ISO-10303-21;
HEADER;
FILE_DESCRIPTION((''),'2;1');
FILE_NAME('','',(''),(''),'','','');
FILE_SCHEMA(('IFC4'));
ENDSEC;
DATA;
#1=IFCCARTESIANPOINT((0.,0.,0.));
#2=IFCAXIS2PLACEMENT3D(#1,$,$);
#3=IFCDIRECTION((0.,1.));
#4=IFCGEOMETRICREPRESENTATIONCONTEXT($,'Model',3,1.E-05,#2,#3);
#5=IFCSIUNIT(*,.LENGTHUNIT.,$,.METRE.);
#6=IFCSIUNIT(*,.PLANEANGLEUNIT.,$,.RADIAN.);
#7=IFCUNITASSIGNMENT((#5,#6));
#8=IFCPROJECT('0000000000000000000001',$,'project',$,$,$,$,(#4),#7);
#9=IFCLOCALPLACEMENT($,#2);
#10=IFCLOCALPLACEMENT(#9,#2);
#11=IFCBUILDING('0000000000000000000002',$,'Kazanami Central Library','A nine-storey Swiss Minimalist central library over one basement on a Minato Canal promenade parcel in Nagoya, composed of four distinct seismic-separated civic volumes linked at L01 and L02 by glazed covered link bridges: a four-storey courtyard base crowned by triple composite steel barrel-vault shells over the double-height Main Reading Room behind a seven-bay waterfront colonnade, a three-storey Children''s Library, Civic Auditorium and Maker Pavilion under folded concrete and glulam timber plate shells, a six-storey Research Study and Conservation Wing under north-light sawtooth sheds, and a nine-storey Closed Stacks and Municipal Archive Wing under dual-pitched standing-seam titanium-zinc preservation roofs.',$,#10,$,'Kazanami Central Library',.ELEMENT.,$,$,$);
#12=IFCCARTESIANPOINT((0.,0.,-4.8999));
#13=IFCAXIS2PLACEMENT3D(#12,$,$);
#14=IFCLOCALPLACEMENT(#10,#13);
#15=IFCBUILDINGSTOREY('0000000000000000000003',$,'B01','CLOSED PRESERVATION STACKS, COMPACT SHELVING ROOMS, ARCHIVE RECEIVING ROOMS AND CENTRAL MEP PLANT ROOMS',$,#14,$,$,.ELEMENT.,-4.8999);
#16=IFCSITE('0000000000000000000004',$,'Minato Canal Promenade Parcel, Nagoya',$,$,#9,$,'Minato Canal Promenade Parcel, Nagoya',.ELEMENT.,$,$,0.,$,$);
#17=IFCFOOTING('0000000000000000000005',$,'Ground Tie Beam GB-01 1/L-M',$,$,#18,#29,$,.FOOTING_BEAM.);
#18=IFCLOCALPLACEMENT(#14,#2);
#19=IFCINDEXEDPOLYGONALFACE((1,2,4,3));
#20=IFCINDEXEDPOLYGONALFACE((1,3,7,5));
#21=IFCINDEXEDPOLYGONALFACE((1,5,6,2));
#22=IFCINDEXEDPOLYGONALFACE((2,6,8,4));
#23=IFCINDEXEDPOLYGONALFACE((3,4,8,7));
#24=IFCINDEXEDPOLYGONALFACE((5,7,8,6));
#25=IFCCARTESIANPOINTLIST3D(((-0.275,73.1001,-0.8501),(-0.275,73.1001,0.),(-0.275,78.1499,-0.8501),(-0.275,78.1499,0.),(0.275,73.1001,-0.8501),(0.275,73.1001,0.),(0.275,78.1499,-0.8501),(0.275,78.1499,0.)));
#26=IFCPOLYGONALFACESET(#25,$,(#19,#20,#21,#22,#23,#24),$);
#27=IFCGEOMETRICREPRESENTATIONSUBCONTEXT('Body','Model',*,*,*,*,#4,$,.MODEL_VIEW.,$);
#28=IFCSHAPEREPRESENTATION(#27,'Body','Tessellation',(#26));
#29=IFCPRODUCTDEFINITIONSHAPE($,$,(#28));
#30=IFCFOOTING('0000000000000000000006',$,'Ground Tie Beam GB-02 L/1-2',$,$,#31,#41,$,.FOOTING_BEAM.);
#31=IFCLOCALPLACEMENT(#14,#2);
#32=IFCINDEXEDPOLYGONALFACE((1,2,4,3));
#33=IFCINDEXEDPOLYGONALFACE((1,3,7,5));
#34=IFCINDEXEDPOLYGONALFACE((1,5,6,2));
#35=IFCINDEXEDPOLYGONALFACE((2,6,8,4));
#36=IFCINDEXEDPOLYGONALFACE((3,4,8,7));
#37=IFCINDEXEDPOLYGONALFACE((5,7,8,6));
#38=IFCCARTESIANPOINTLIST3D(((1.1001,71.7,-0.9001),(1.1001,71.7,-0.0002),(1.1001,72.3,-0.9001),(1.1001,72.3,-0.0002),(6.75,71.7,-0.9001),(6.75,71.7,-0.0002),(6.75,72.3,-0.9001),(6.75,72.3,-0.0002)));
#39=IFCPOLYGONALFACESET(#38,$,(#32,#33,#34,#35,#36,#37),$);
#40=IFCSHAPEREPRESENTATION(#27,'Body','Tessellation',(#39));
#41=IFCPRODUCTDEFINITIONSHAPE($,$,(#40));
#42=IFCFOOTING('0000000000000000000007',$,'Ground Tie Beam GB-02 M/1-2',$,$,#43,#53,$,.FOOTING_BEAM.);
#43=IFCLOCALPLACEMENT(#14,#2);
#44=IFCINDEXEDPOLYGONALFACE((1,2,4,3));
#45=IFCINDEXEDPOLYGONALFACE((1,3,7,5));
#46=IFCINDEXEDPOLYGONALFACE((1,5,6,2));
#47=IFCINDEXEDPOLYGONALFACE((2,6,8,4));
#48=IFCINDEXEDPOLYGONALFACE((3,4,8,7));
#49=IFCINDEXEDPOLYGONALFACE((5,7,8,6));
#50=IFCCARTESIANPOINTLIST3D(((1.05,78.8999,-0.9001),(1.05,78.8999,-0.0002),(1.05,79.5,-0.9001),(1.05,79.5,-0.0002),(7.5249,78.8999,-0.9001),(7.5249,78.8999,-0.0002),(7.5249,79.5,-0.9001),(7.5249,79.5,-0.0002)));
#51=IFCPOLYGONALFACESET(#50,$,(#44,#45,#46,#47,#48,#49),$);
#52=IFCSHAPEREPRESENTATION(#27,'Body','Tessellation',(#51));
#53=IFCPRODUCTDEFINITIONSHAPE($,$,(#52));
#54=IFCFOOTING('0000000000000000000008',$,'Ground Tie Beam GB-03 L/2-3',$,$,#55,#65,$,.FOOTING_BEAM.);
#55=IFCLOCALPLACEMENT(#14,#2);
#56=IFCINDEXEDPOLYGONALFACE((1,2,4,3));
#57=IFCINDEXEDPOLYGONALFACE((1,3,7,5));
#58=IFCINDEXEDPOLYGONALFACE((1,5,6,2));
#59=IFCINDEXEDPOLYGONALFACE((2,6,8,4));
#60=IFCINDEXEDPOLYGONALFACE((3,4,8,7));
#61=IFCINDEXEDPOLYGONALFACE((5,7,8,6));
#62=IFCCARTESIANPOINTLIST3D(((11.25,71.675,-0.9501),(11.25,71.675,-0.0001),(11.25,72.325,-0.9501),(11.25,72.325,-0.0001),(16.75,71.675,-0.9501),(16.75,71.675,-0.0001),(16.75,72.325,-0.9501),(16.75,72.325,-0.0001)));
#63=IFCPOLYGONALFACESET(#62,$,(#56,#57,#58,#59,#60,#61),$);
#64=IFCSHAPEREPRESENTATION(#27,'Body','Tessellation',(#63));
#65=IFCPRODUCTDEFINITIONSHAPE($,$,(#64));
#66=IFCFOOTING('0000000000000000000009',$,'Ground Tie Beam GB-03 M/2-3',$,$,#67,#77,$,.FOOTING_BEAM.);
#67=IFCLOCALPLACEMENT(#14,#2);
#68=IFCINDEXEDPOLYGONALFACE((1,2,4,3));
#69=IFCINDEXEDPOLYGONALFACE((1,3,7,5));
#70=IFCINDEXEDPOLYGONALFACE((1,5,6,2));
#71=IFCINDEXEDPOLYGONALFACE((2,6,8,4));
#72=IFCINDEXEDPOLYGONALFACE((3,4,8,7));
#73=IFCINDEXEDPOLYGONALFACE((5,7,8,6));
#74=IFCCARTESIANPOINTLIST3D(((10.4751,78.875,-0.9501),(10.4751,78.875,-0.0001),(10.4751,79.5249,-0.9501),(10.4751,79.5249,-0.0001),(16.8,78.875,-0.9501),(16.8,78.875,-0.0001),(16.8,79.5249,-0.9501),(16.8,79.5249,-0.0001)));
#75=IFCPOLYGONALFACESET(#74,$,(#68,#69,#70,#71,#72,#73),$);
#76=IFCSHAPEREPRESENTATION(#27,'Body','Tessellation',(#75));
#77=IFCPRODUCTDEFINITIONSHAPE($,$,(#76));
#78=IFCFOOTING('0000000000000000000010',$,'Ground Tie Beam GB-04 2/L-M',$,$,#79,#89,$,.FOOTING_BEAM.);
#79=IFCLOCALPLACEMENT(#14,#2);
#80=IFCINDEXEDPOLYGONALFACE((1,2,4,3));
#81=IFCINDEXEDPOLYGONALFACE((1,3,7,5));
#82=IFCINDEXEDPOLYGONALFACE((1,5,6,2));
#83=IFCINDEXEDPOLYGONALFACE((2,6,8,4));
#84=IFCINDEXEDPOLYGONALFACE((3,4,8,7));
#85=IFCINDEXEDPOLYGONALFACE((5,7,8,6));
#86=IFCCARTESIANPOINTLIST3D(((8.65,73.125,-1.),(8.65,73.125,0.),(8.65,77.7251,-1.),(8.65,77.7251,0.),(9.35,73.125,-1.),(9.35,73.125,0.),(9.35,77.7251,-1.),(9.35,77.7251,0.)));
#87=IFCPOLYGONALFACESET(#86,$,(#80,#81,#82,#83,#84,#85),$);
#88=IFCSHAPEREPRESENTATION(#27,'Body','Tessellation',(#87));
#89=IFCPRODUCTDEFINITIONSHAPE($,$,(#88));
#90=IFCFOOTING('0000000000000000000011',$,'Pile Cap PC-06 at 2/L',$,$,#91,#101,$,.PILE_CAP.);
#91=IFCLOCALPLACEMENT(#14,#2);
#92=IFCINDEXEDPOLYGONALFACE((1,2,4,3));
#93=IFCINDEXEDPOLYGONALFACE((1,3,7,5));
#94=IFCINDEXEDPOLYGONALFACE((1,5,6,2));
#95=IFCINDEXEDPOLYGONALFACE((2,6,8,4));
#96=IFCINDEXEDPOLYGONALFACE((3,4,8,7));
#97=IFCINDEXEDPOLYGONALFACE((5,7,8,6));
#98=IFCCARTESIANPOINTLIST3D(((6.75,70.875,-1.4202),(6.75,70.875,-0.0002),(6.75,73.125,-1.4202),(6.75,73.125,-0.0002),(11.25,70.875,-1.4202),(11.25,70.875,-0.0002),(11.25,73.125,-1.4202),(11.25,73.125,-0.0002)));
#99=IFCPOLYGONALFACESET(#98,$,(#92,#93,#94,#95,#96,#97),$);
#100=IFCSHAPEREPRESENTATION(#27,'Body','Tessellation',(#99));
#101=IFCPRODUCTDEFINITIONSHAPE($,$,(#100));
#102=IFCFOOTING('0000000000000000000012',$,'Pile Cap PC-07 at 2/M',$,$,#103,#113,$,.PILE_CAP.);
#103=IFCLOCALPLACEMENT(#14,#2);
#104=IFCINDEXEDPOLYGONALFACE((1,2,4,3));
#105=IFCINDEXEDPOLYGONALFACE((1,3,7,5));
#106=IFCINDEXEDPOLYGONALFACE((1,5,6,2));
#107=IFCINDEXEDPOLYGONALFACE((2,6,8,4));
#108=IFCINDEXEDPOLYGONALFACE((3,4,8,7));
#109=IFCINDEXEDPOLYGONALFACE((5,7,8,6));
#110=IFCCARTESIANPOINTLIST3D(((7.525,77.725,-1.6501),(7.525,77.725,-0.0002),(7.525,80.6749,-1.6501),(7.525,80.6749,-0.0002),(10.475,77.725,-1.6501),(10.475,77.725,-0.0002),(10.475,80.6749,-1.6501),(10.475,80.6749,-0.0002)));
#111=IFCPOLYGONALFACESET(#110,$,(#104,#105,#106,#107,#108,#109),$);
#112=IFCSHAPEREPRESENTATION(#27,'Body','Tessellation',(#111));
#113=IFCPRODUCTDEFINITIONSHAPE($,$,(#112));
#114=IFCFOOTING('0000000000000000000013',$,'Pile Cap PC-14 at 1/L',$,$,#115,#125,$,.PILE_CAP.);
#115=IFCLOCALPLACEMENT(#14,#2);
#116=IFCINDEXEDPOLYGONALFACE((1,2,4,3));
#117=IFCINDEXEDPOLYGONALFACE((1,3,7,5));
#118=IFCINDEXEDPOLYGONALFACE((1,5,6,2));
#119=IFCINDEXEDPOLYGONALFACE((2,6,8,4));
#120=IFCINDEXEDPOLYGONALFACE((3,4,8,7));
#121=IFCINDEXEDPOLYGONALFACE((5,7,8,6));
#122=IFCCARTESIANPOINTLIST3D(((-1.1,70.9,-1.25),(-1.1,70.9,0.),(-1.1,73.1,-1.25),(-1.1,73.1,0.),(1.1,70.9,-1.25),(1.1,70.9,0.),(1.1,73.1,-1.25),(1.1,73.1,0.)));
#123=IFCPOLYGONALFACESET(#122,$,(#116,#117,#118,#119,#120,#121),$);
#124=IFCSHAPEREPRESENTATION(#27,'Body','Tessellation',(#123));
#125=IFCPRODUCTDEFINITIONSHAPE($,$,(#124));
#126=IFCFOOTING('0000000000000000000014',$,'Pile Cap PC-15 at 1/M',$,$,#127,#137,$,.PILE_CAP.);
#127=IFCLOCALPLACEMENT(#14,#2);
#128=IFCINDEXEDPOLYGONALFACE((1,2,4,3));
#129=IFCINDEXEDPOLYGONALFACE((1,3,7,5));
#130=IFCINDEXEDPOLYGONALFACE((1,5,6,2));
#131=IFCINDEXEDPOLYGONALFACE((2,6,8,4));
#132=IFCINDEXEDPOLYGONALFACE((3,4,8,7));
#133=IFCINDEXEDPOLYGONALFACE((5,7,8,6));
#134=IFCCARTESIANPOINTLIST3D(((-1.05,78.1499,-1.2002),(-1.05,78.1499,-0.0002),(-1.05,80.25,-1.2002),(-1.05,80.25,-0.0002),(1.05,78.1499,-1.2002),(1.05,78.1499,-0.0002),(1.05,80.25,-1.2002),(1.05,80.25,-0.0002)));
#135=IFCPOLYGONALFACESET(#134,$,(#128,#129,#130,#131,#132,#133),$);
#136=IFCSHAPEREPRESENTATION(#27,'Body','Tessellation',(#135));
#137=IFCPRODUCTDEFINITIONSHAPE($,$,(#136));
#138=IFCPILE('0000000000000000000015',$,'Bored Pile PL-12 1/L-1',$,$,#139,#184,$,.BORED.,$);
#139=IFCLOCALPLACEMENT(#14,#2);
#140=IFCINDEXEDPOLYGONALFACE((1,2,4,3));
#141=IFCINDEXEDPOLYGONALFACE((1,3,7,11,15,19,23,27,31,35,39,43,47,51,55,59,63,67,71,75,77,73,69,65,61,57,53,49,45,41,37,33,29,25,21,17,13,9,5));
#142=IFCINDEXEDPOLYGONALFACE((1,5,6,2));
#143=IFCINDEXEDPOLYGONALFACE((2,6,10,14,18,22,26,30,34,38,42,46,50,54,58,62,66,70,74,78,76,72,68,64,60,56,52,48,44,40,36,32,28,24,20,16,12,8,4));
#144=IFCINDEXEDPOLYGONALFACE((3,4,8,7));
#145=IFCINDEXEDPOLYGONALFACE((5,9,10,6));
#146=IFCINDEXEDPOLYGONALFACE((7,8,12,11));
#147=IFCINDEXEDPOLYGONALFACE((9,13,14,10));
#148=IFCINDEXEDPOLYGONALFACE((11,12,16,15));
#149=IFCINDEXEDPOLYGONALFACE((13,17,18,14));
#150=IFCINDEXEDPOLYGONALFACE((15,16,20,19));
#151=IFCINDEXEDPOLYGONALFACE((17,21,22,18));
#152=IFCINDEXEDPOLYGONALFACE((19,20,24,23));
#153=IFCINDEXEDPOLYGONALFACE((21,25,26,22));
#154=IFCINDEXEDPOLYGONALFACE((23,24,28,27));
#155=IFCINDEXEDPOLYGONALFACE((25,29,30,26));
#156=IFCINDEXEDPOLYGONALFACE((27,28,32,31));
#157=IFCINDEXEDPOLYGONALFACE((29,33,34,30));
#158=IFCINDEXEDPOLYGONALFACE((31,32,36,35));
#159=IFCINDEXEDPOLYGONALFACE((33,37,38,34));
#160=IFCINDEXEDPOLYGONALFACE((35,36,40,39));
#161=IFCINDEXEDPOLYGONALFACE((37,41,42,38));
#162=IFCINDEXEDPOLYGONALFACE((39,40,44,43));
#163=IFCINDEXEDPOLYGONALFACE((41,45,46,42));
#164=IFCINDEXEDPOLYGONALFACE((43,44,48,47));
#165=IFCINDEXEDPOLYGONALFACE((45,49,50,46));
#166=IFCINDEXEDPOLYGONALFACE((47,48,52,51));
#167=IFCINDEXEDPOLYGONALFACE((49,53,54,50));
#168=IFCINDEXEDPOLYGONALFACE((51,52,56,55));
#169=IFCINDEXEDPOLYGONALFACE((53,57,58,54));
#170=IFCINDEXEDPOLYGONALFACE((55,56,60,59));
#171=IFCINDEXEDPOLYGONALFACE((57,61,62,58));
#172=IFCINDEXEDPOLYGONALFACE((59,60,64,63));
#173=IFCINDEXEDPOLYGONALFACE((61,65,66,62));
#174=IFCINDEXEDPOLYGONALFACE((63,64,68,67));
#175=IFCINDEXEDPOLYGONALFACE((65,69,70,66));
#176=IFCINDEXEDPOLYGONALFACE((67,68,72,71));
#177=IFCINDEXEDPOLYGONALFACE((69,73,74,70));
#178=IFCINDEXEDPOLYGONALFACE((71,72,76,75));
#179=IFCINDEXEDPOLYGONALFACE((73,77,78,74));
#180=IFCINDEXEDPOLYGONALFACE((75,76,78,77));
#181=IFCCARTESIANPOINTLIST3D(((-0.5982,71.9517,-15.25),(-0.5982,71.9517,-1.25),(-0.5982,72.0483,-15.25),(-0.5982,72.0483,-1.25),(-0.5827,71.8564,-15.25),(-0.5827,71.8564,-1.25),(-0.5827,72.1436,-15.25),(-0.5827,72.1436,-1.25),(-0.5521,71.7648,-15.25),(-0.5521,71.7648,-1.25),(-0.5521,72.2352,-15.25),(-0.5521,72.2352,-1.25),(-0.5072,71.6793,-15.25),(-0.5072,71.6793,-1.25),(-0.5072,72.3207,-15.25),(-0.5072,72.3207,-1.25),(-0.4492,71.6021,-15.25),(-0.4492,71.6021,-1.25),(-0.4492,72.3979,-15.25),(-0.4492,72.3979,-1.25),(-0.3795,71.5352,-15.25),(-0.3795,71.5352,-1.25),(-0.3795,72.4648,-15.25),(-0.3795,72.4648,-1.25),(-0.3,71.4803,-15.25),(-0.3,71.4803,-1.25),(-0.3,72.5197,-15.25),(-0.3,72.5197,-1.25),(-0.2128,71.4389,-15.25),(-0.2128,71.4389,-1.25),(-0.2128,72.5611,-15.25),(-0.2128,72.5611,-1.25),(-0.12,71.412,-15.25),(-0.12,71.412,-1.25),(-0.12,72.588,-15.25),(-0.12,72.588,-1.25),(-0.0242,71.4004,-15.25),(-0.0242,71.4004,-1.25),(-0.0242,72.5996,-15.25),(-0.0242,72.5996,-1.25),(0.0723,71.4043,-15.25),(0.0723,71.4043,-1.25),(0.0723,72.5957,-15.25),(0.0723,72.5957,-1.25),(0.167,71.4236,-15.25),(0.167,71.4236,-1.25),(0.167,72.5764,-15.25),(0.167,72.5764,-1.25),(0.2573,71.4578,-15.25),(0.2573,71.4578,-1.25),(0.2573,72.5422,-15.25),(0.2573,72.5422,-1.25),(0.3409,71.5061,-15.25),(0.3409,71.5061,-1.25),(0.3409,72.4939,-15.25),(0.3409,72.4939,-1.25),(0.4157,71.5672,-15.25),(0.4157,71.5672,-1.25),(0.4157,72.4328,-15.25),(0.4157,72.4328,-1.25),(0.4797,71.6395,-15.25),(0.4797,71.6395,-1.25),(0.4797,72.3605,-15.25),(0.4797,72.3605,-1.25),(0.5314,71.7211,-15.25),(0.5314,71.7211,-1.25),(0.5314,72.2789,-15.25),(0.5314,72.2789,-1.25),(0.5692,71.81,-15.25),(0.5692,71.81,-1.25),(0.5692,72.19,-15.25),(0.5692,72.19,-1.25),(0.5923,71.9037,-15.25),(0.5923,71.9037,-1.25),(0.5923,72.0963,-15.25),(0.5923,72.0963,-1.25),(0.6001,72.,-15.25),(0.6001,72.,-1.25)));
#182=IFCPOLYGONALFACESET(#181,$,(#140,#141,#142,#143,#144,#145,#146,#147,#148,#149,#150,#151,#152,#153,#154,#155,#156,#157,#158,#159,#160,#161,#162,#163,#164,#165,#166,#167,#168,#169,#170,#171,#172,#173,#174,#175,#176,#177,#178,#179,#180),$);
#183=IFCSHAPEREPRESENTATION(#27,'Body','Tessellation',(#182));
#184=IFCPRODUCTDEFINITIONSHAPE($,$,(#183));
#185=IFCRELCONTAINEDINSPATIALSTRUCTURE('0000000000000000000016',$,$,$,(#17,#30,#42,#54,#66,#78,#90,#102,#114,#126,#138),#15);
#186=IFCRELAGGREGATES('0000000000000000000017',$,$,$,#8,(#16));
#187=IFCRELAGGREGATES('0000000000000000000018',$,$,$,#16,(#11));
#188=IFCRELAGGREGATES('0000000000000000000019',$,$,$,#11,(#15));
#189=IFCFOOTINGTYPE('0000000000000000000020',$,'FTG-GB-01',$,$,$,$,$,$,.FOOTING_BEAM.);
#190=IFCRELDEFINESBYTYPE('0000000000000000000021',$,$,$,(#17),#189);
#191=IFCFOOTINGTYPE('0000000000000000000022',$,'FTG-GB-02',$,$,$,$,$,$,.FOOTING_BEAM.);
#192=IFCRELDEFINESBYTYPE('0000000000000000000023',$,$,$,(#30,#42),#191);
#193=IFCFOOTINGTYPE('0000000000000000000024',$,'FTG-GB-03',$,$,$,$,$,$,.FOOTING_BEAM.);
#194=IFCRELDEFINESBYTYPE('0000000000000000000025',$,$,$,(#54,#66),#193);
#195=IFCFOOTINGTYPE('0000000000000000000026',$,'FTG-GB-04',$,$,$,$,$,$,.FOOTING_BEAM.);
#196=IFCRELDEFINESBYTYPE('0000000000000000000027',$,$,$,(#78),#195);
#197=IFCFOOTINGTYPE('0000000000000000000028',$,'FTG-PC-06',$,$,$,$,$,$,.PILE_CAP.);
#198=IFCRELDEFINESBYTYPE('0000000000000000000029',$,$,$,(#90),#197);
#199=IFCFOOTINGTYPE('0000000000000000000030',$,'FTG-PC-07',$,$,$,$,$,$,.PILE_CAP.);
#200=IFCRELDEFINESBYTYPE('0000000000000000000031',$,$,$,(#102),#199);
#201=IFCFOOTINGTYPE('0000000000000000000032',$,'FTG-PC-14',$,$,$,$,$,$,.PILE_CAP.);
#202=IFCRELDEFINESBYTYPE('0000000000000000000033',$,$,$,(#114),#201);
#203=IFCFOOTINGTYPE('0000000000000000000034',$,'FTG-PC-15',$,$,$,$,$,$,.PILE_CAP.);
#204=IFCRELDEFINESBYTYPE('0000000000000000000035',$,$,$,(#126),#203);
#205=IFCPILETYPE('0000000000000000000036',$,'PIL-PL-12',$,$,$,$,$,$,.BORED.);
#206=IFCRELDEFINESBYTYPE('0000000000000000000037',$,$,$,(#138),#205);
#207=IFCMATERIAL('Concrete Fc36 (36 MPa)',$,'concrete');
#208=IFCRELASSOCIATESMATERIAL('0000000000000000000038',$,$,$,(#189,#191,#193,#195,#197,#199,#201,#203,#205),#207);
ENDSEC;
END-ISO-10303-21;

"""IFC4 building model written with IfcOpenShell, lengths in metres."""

from ifc_helpers import new_model, si_unit, direction, frame, origin, origin_2d, place, context, subcontext, project, spatial, rectangle, circle, extrude, material, material_profile, profile_set, type_object, element, save


model = new_model("IFC4")

# Units and contexts
model_context = context("Model", 3, precision=1e-05, world=origin(), true_north=direction((0.0, 1.0)))
body_context = subcontext(model_context, "Body", "Model", "MODEL_VIEW")
ifc_project = project(units=[si_unit("LENGTHUNIT", "METRE"), si_unit("PLANEANGLEUNIT", "RADIAN")], contexts=[model_context])

# Site, building, storey
site_placement = place(None, origin())
site = spatial("IfcSite", under=ifc_project, at=site_placement, Name="Minato Canal Promenade Parcel, Nagoya", LongName="Minato Canal Promenade Parcel, Nagoya", CompositionType="ELEMENT", RefElevation=0.0)
building_placement = place(site_placement, origin())
building = spatial("IfcBuilding", under=site, at=building_placement, Name="Kazanami Central Library", Description="A nine-storey Swiss Minimalist central library over one basement on a Minato Canal promenade parcel in Nagoya, composed of four distinct seismic-separated civic volumes linked at L01 and L02 by glazed covered link bridges: a four-storey courtyard base crowned by triple composite steel barrel-vault shells over the double-height Main Reading Room behind a seven-bay waterfront colonnade, a three-storey Children's Library, Civic Auditorium and Maker Pavilion under folded concrete and glulam timber plate shells, a six-storey Research Study and Conservation Wing under north-light sawtooth sheds, and a nine-storey Closed Stacks and Municipal Archive Wing under dual-pitched standing-seam titanium-zinc preservation roofs.", LongName="Kazanami Central Library", CompositionType="ELEMENT")
storey_placement = place(building_placement, frame((0.0, 0.0, -4.8999)))
storey = spatial("IfcBuildingStorey", under=building, at=storey_placement, Name="B01", Description="CLOSED PRESERVATION STACKS, COMPACT SHELVING ROOMS, ARCHIVE RECEIVING ROOMS AND CENTRAL MEP PLANT ROOMS", CompositionType="ELEMENT", Elevation=-4.8999)

# Footings
ifc_material_1 = material(Name="Concrete Fc36 (36 MPa)", Category="concrete")
ifc_material_profile_1 = material_profile(ifc_material_1, rectangle(XDim=0.55, YDim=0.8501, at=origin_2d()), Name="RC-550x850")
ifc_profile_set_1 = profile_set([ifc_material_profile_1], Name="Concrete Fc36 (36 MPa)")
footing_type_1 = type_object("IfcFootingType", Name="FTG-GB-01", PredefinedType="FOOTING_BEAM", material=ifc_profile_set_1)
footing_1_placement = place(storey_placement, frame((0.0, 73.1001, -0.425), z_axis=(0.0, 1.0, 0.0), x_axis=(-1.0, 0.0, 0.0)))
element("IfcFooting", 1, at=footing_1_placement, inside=storey, type_object=footing_type_1, Name="Ground Tie Beam GB-01 1/L-M", PredefinedType="FOOTING_BEAM", context=body_context, shape_type="SweptSolid", body=[
    extrude(rectangle(XDim=0.55, YDim=0.8501, at=origin_2d()), origin(), (0.0, 0.0, 1.0), 5.0498),
])
ifc_material_profile_2 = material_profile(ifc_material_1, rectangle(XDim=0.6001, YDim=0.8999, at=origin_2d()), Name="RC-600x900")
ifc_profile_set_2 = profile_set([ifc_material_profile_2], Name="Concrete Fc36 (36 MPa)")
footing_type_2 = type_object("IfcFootingType", Name="FTG-GB-02", PredefinedType="FOOTING_BEAM", material=ifc_profile_set_2)
footing_2_placement = place(storey_placement, frame((1.1001, 72.0, -0.4502), z_axis=(1.0, 0.0, 0.0), x_axis=(0.0, 1.0, 0.0)))
element("IfcFooting", 2, at=footing_2_placement, inside=storey, type_object=footing_type_2, Name="Ground Tie Beam GB-02 L/1-2", PredefinedType="FOOTING_BEAM", context=body_context, shape_type="SweptSolid", body=[
    extrude(rectangle(XDim=0.6001, YDim=0.8999, at=origin_2d()), origin(), (0.0, 0.0, 1.0), 5.6499),
])
footing_3_placement = place(storey_placement, frame((1.05, 79.2, -0.4502), z_axis=(1.0, 0.0, 0.0), x_axis=(0.0, 1.0, 0.0)))
element("IfcFooting", 3, at=footing_3_placement, inside=storey, type_object=footing_type_2, Name="Ground Tie Beam GB-02 M/1-2", PredefinedType="FOOTING_BEAM", context=body_context, shape_type="SweptSolid", body=[
    extrude(rectangle(XDim=0.6001, YDim=0.8999, at=origin_2d()), origin(), (0.0, 0.0, 1.0), 6.4749),
])
ifc_material_profile_3 = material_profile(ifc_material_1, rectangle(XDim=0.6499, YDim=0.95, at=origin_2d()), Name="RC-650x950")
ifc_profile_set_3 = profile_set([ifc_material_profile_3], Name="Concrete Fc36 (36 MPa)")
footing_type_3 = type_object("IfcFootingType", Name="FTG-GB-03", PredefinedType="FOOTING_BEAM", material=ifc_profile_set_3)
footing_4_placement = place(storey_placement, frame((11.25, 72.0, -0.4751), z_axis=(1.0, 0.0, 0.0), x_axis=(0.0, 1.0, 0.0)))
element("IfcFooting", 4, at=footing_4_placement, inside=storey, type_object=footing_type_3, Name="Ground Tie Beam GB-03 L/2-3", PredefinedType="FOOTING_BEAM", context=body_context, shape_type="SweptSolid", body=[
    extrude(rectangle(XDim=0.6499, YDim=0.95, at=origin_2d()), origin(), (0.0, 0.0, 1.0), 5.5),
])
footing_5_placement = place(storey_placement, frame((10.4751, 79.2, -0.4751), z_axis=(1.0, 0.0, 0.0), x_axis=(0.0, 1.0, 0.0)))
element("IfcFooting", 5, at=footing_5_placement, inside=storey, type_object=footing_type_3, Name="Ground Tie Beam GB-03 M/2-3", PredefinedType="FOOTING_BEAM", context=body_context, shape_type="SweptSolid", body=[
    extrude(rectangle(XDim=0.6499, YDim=0.95, at=origin_2d()), origin(), (0.0, 0.0, 1.0), 6.325),
])
ifc_material_profile_4 = material_profile(ifc_material_1, rectangle(XDim=0.7, YDim=1.0, at=origin_2d()), Name="RC-700x1000")
ifc_profile_set_4 = profile_set([ifc_material_profile_4], Name="Concrete Fc36 (36 MPa)")
footing_type_4 = type_object("IfcFootingType", Name="FTG-GB-04", PredefinedType="FOOTING_BEAM", material=ifc_profile_set_4)
footing_6_placement = place(storey_placement, frame((9.0, 73.125, -0.5), z_axis=(0.0, 1.0, 0.0), x_axis=(-1.0, 0.0, 0.0)))
element("IfcFooting", 6, at=footing_6_placement, inside=storey, type_object=footing_type_4, Name="Ground Tie Beam GB-04 2/L-M", PredefinedType="FOOTING_BEAM", context=body_context, shape_type="SweptSolid", body=[
    extrude(rectangle(XDim=0.7, YDim=1.0, at=origin_2d()), origin(), (0.0, 0.0, 1.0), 4.6001),
])
footing_type_5 = type_object("IfcFootingType", Name="FTG-PC-06", PredefinedType="PILE_CAP", material=ifc_material_1)
footing_7_placement = place(storey_placement, frame((9.0, 72.0, -1.4202), z_axis=(0.0, 0.0, 1.0), x_axis=(1.0, 0.0, 0.0)))
element("IfcFooting", 7, at=footing_7_placement, inside=storey, type_object=footing_type_5, Name="Pile Cap PC-06 at 2/L", PredefinedType="PILE_CAP", context=body_context, shape_type="SweptSolid", body=[
    extrude(rectangle(XDim=4.5, YDim=2.25, at=origin_2d()), origin(), (0.0, 0.0, 1.0), 1.4199),
])
footing_type_6 = type_object("IfcFootingType", Name="FTG-PC-07", PredefinedType="PILE_CAP", material=ifc_material_1)
footing_8_placement = place(storey_placement, frame((9.0, 79.2, -1.6501), z_axis=(0.0, 0.0, 1.0), x_axis=(1.0, 0.0, 0.0)))
element("IfcFooting", 8, at=footing_8_placement, inside=storey, type_object=footing_type_6, Name="Pile Cap PC-07 at 2/M", PredefinedType="PILE_CAP", context=body_context, shape_type="SweptSolid", body=[
    extrude(rectangle(XDim=2.95, YDim=2.95, at=origin_2d()), origin(), (0.0, 0.0, 1.0), 1.6499),
])
footing_type_7 = type_object("IfcFootingType", Name="FTG-PC-14", PredefinedType="PILE_CAP", material=ifc_material_1)
footing_9_placement = place(storey_placement, frame((0.0, 72.0, -1.25), z_axis=(0.0, 0.0, 1.0), x_axis=(1.0, 0.0, 0.0)))
element("IfcFooting", 9, at=footing_9_placement, inside=storey, type_object=footing_type_7, Name="Pile Cap PC-14 at 1/L", PredefinedType="PILE_CAP", context=body_context, shape_type="SweptSolid", body=[
    extrude(rectangle(XDim=2.2, YDim=2.2, at=origin_2d()), origin(), (0.0, 0.0, 1.0), 1.25),
])
footing_type_8 = type_object("IfcFootingType", Name="FTG-PC-15", PredefinedType="PILE_CAP", material=ifc_material_1)
footing_10_placement = place(storey_placement, frame((0.0, 79.2, -1.2002), z_axis=(0.0, 0.0, 1.0), x_axis=(1.0, 0.0, 0.0)))
element("IfcFooting", 10, at=footing_10_placement, inside=storey, type_object=footing_type_8, Name="Pile Cap PC-15 at 1/M", PredefinedType="PILE_CAP", context=body_context, shape_type="SweptSolid", body=[
    extrude(rectangle(XDim=2.1001, YDim=2.1001, at=origin_2d()), origin(), (0.0, 0.0, 1.0), 1.2),
])

# Pile
ifc_material_profile_5 = material_profile(ifc_material_1, circle(Radius=0.6001, at=origin_2d()), Name="BORED-D1200")
ifc_profile_set_5 = profile_set([ifc_material_profile_5], Name="Concrete Fc36 (36 MPa)")
pile_type_1 = type_object("IfcPileType", Name="PIL-PL-12", PredefinedType="BORED", material=ifc_profile_set_5)
for number, where, z_axis, x_axis, name in (
    (11, (0.0, 72.0, -1.25), (0.0, 0.0, -1.0), (1.0, 0.0, 0.0), "Bored Pile PL-12 1/L-1"),
):
    element("IfcPile", number, at=place(storey_placement, frame(where, z_axis=z_axis, x_axis=x_axis)), inside=storey, type_object=pile_type_1, Name=name, PredefinedType="BORED", context=body_context, shape_type="SweptSolid", body=[
        extrude(circle(Radius=0.6001, at=origin_2d()), origin(), (0.0, 0.0, 1.0), 14.0),
    ])

save(model, "model.ifc")
